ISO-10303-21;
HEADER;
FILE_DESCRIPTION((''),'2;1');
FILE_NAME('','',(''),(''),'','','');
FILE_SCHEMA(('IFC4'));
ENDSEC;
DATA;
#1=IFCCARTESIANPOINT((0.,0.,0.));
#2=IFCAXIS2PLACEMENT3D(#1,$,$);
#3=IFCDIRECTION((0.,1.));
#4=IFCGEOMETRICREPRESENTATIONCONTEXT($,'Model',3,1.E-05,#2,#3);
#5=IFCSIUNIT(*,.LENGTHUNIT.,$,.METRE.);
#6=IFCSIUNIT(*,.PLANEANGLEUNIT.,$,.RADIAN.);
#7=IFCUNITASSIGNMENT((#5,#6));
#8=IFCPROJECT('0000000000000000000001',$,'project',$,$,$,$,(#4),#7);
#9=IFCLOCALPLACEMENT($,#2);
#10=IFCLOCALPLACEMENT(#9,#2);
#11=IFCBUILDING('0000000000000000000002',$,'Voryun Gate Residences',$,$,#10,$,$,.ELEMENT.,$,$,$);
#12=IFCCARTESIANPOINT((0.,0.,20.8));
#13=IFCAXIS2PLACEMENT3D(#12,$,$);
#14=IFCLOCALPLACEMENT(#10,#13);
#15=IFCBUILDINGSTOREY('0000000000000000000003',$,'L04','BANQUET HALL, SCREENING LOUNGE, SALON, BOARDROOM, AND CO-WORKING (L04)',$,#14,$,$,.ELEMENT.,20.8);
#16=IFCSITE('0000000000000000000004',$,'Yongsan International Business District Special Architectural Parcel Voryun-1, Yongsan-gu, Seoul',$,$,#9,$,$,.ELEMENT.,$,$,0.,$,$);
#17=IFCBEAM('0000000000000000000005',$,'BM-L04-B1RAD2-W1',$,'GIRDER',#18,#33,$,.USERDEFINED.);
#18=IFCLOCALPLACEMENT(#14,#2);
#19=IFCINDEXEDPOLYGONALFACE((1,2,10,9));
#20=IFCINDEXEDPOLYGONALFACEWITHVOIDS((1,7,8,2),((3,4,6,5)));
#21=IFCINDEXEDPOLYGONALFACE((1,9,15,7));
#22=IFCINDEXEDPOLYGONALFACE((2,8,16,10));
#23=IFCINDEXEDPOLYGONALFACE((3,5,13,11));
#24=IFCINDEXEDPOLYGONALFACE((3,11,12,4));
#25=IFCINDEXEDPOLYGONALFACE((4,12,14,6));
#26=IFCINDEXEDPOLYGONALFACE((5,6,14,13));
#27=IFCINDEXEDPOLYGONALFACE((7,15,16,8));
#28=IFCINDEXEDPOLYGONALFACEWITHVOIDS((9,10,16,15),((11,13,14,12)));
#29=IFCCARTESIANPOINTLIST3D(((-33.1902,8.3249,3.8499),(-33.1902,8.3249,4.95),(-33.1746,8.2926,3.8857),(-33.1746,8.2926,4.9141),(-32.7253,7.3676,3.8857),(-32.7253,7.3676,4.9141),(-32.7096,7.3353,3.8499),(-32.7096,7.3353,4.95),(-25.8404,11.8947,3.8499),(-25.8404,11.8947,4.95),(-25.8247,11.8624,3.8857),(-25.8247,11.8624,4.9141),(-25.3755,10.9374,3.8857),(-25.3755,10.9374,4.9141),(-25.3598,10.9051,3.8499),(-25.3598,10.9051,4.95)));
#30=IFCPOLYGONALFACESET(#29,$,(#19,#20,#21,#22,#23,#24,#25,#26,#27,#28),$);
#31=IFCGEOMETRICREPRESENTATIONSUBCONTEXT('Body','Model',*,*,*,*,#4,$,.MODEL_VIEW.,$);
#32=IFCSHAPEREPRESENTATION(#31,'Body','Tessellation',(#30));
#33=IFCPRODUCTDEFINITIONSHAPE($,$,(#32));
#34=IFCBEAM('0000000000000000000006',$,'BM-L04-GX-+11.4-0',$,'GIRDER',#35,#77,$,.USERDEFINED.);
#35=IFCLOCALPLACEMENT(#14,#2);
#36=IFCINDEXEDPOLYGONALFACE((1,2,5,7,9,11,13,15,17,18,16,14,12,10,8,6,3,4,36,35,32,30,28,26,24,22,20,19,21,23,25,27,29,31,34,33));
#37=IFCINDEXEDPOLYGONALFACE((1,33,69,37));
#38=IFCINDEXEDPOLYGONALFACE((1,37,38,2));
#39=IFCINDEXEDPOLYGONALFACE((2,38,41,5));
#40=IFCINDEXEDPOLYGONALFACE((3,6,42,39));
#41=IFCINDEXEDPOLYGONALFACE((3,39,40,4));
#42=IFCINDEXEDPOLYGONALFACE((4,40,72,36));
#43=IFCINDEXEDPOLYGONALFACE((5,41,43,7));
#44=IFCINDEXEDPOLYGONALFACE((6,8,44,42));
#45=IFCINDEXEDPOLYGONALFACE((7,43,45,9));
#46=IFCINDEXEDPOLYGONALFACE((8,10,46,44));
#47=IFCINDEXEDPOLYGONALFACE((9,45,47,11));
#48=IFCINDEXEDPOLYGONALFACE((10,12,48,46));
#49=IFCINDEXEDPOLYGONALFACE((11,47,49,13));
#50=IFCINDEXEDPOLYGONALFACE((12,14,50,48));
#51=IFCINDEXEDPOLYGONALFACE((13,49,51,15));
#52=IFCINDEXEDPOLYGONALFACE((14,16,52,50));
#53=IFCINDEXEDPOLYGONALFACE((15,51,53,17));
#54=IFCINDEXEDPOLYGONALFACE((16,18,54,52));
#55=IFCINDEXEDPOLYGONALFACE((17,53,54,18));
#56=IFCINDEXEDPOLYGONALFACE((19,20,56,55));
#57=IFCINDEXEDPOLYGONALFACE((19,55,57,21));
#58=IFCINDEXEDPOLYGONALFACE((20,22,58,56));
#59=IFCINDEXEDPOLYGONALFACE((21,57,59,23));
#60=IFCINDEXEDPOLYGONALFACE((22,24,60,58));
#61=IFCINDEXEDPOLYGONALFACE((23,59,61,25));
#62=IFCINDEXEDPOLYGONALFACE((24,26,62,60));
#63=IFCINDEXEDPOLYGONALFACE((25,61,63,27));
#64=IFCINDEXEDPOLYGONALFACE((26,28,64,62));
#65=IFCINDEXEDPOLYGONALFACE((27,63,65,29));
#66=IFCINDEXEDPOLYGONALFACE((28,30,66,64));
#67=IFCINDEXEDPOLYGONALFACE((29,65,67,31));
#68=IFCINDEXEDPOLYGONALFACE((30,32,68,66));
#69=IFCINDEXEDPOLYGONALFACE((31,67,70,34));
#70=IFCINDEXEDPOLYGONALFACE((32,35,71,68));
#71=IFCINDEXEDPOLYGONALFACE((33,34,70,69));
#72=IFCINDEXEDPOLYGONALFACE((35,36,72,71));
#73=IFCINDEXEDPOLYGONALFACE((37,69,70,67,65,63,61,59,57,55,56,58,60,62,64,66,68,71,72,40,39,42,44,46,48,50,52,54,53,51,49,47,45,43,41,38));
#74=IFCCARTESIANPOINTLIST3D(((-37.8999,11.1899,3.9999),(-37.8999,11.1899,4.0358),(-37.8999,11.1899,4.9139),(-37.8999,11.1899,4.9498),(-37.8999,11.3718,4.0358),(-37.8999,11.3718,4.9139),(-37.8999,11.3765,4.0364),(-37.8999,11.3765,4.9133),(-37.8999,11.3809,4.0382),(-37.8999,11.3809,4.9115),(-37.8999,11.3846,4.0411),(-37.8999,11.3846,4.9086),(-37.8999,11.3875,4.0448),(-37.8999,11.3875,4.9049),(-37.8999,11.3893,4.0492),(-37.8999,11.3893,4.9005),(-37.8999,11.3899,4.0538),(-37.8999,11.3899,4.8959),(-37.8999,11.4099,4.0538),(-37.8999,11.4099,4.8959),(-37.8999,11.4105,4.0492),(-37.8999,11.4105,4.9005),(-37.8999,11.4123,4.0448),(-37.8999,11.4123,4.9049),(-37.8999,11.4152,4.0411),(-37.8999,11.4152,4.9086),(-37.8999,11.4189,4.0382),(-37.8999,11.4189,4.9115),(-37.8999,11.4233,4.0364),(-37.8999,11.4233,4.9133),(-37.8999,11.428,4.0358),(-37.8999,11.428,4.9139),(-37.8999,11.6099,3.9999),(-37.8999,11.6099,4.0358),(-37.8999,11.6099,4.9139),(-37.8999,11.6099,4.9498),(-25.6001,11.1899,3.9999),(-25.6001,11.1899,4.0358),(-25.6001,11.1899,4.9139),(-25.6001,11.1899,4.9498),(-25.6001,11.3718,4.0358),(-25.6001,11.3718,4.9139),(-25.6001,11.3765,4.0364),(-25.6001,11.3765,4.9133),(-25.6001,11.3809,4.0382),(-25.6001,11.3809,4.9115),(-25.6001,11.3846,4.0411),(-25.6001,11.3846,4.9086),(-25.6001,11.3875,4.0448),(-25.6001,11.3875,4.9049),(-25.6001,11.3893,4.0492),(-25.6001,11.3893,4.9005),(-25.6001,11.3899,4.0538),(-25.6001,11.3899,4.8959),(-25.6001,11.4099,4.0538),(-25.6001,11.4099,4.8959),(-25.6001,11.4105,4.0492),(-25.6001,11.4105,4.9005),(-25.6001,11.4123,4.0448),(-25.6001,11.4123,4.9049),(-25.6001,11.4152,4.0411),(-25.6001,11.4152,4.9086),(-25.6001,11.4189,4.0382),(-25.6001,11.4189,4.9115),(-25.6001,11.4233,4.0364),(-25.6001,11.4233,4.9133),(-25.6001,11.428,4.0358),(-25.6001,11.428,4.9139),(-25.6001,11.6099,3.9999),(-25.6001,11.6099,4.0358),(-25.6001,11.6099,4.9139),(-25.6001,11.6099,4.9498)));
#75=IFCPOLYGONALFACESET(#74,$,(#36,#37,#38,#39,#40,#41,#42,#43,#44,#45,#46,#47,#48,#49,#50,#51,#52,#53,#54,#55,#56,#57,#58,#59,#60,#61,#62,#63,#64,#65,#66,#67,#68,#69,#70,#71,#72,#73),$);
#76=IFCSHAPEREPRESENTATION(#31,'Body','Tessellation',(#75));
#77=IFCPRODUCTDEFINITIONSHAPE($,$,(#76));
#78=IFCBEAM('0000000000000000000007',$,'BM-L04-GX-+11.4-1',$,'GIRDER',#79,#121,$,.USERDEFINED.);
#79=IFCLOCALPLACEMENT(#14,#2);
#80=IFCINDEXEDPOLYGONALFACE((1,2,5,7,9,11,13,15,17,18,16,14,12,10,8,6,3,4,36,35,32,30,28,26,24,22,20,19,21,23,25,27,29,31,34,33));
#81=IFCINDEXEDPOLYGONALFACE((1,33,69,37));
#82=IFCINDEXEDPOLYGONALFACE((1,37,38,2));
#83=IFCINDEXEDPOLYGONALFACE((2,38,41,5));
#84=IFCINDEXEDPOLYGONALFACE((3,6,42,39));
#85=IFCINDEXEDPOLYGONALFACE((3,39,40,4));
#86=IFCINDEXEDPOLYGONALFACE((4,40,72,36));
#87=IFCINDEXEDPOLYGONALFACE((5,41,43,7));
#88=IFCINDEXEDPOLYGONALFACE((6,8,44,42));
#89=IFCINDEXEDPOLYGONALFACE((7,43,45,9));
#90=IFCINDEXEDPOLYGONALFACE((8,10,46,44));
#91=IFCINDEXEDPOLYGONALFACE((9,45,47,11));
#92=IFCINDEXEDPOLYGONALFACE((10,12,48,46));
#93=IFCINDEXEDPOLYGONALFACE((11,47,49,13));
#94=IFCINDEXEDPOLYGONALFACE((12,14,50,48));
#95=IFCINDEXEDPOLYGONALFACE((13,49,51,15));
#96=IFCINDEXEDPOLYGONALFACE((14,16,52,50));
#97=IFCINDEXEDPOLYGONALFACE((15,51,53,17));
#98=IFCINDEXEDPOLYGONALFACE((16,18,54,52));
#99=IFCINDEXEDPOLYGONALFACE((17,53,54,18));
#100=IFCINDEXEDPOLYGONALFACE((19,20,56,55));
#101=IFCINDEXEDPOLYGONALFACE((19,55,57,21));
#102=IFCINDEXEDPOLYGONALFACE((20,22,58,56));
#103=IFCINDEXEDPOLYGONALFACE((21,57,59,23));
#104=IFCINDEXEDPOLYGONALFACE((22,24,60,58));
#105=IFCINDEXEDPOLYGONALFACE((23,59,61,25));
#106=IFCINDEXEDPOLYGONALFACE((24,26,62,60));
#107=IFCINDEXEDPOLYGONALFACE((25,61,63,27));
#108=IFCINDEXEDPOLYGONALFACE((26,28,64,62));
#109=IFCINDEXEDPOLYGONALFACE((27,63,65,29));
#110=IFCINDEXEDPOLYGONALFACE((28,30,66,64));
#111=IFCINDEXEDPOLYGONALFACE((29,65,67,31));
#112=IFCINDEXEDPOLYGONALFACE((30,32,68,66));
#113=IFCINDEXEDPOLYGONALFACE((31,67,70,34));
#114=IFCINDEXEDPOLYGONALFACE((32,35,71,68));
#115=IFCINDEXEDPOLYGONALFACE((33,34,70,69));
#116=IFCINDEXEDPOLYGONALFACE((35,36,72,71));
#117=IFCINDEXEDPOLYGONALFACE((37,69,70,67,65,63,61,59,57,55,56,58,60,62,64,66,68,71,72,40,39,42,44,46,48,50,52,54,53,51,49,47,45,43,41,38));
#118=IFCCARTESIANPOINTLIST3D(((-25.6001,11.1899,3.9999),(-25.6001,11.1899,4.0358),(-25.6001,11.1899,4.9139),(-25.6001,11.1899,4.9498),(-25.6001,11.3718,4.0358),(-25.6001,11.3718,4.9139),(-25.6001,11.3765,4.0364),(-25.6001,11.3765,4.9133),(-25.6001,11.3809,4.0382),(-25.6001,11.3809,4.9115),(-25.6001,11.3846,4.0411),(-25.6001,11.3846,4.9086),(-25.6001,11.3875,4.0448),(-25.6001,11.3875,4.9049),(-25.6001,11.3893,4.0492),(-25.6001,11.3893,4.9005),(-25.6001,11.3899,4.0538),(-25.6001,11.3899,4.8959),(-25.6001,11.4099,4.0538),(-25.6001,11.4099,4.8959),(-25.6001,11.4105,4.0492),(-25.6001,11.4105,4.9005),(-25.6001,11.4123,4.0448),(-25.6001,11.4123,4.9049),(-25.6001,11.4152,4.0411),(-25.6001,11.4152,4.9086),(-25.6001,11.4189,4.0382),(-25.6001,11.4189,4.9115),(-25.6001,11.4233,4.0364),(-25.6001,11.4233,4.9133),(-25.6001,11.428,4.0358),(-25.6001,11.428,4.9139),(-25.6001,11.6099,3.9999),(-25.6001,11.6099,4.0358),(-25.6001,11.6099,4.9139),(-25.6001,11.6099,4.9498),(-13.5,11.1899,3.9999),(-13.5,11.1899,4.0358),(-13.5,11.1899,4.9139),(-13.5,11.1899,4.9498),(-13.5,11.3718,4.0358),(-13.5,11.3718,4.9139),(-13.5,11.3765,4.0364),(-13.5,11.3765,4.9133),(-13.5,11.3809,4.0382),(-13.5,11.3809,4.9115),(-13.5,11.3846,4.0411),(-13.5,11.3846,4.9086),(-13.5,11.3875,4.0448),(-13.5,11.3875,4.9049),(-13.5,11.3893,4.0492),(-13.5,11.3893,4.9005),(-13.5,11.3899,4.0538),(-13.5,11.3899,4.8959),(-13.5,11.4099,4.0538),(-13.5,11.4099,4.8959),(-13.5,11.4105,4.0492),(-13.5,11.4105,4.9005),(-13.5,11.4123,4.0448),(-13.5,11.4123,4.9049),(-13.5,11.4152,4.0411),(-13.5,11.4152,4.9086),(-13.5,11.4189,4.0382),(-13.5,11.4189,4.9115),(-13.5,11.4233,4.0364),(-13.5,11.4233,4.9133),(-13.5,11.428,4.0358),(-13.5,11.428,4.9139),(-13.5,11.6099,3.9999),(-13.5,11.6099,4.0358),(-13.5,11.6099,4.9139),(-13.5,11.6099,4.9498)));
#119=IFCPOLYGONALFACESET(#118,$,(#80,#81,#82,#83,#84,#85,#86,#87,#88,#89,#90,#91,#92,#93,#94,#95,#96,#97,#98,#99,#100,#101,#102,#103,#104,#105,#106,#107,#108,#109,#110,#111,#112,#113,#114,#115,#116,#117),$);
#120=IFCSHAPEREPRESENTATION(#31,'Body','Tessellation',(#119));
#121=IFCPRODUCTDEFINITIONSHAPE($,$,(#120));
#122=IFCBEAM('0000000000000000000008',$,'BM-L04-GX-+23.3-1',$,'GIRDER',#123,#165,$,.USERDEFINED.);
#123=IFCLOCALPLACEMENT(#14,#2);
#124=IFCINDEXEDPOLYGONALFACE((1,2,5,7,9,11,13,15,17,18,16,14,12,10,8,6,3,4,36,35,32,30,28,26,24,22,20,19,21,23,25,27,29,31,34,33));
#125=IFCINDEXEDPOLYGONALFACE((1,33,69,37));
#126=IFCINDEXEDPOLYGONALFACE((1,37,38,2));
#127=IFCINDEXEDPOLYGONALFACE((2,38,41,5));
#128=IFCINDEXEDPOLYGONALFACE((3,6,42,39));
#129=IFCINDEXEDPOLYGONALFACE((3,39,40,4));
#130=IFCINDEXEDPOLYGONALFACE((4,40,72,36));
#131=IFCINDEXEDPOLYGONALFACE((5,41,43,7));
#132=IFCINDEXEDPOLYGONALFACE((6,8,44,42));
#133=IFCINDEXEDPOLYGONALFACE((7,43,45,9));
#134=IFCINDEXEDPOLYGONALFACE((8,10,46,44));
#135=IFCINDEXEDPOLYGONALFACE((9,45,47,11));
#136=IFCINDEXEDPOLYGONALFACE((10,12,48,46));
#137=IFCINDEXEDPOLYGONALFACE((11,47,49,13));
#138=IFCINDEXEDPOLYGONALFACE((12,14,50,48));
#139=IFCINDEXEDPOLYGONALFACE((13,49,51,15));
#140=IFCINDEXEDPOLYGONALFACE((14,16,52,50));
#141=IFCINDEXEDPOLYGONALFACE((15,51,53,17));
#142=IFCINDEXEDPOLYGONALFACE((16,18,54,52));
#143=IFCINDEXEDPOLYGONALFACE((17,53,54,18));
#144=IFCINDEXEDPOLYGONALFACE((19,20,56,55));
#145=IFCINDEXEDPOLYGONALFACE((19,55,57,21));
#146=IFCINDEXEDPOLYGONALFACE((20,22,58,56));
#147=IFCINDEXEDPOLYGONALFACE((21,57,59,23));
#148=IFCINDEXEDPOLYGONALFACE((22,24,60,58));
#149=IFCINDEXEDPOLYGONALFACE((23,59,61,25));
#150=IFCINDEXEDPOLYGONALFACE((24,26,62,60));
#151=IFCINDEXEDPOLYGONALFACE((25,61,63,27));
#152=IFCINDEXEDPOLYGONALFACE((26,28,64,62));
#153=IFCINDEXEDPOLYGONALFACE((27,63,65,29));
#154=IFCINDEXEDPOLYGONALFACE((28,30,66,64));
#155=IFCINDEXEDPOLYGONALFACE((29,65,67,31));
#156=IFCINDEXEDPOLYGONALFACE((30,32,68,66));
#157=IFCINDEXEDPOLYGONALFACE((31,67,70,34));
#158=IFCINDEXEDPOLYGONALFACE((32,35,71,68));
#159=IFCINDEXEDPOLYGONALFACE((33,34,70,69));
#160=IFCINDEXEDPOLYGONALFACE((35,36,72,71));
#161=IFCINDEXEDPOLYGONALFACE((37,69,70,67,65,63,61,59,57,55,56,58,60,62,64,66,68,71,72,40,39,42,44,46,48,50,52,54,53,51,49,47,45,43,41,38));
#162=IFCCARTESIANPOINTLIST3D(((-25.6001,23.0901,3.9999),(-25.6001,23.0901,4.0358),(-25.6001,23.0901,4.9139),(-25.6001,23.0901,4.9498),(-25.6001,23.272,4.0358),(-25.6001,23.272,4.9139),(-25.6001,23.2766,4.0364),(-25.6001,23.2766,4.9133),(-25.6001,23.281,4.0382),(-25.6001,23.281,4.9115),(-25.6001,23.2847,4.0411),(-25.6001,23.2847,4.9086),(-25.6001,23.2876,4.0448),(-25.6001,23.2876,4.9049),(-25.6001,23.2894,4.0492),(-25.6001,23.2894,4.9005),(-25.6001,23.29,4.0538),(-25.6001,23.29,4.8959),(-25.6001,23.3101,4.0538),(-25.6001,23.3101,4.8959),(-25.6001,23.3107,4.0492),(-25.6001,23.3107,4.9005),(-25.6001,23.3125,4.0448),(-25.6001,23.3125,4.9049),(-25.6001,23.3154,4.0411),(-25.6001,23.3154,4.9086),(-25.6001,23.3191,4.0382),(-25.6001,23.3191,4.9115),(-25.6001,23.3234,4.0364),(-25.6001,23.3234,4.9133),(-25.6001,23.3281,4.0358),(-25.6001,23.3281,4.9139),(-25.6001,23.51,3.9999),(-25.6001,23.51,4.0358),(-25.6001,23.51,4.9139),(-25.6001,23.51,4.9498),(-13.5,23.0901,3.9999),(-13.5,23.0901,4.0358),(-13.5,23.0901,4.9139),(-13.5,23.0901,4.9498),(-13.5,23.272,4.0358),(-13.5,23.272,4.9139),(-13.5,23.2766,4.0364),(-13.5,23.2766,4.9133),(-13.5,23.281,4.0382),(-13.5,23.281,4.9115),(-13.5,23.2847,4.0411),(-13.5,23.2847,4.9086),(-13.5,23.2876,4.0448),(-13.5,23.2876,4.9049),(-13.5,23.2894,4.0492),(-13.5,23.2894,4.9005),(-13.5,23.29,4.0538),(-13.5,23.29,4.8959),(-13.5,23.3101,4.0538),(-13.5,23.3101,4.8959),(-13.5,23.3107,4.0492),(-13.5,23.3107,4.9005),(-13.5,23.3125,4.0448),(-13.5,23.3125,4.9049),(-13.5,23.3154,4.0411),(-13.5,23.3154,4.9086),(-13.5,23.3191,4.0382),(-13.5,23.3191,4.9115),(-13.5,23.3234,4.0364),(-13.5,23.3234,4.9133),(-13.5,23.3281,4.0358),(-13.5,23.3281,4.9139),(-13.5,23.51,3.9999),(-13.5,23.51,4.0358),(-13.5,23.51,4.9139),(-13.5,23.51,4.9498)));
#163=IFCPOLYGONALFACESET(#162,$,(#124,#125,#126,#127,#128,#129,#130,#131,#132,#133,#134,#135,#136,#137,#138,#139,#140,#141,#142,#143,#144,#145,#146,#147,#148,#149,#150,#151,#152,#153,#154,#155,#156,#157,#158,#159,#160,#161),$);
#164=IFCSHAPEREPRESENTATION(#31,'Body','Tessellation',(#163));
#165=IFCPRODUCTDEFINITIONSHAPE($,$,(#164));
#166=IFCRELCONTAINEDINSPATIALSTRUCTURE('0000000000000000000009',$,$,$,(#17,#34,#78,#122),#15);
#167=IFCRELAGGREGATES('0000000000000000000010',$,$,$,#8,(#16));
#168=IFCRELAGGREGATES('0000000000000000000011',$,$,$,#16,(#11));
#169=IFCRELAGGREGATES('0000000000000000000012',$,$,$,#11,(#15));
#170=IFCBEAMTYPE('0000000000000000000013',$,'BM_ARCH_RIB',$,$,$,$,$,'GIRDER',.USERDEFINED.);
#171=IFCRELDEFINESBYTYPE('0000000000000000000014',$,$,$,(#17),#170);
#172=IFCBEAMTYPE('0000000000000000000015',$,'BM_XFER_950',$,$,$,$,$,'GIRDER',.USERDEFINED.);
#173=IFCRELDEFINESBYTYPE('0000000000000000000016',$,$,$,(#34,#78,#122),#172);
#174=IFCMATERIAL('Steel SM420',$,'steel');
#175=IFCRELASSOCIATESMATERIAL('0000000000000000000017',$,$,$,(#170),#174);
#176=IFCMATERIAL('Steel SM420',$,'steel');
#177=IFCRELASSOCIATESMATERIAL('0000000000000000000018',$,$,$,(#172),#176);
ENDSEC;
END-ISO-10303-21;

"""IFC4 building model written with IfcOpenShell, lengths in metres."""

from ifc_helpers import new_model, si_unit, direction, frame, origin, origin_2d, place, context, subcontext, project, spatial, hollow_rectangle, i_section, extrude, material, material_profile, profile_set, type_object, element, save


model = new_model("IFC4")

# Units and contexts
model_context = context("Model", 3, precision=1e-05, world=origin(), true_north=direction((0.0, 1.0)))
body_context = subcontext(model_context, "Body", "Model", "MODEL_VIEW")
ifc_project = project(units=[si_unit("LENGTHUNIT", "METRE"), si_unit("PLANEANGLEUNIT", "RADIAN")], contexts=[model_context])

# Site, building, storey
site_placement = place(None, origin())
site = spatial("IfcSite", under=ifc_project, at=site_placement, Name="Yongsan International Business District Special Architectural Parcel Voryun-1, Yongsan-gu, Seoul", CompositionType="ELEMENT", RefElevation=0.0)
building_placement = place(site_placement, origin())
building = spatial("IfcBuilding", under=site, at=building_placement, Name="Voryun Gate Residences", CompositionType="ELEMENT")
storey_placement = place(building_placement, frame((0.0, 0.0, 20.8)))
storey = spatial("IfcBuildingStorey", under=building, at=storey_placement, Name="L04", Description="BANQUET HALL, SCREENING LOUNGE, SALON, BOARDROOM, AND CO-WORKING (L04)", CompositionType="ELEMENT", Elevation=20.8)

# Beams
ifc_material_1 = material(Name="Steel SM420", Category="steel")
ifc_material_profile_1 = material_profile(ifc_material_1, hollow_rectangle(XDim=1.1001, YDim=1.1001, WallThickness=0.0359, at=origin_2d()), Name="BOX-1100x1100x36")
ifc_profile_set_1 = profile_set([ifc_material_profile_1], Name="Steel SM420")
beam_type_1 = type_object("IfcBeamType", Name="BM_ARCH_RIB", ElementType="GIRDER", PredefinedType="USERDEFINED", material=ifc_profile_set_1)
beam_1_placement = place(storey_placement, frame((-25.6001, 11.3999, 4.3999), z_axis=(-0.899513, -0.436894, 0.0), x_axis=(0.436894, -0.899513, 0.0)))
element("IfcBeam", 1, at=beam_1_placement, inside=storey, type_object=beam_type_1, Name="BM-L04-B1RAD2-W1", ObjectType="GIRDER", PredefinedType="USERDEFINED", context=body_context, shape_type="SweptSolid", body=[
    extrude(hollow_rectangle(XDim=1.1001, YDim=1.1001, WallThickness=0.0359, at=origin_2d()), origin(), (0.0, 0.0, 1.0), 8.1709),
])
ifc_material_2 = material(Name="Steel SM420", Category="steel")
ifc_material_profile_2 = material_profile(ifc_material_2, i_section(OverallWidth=0.4199, OverallDepth=0.95, WebThickness=0.02, FlangeThickness=0.0359, FilletRadius=0.0181, at=origin_2d()), Name="H-950x420x20x36")
ifc_profile_set_2 = profile_set([ifc_material_profile_2], Name="Steel SM420")
beam_type_2 = type_object("IfcBeamType", Name="BM_XFER_950", ElementType="GIRDER", PredefinedType="USERDEFINED", material=ifc_profile_set_2)
beam_2_placement = place(storey_placement, frame((-37.8999, 11.3999, 4.4749), z_axis=(1.0, 0.0, 0.0), x_axis=(0.0, 1.0, 0.0)))
element("IfcBeam", 2, at=beam_2_placement, inside=storey, type_object=beam_type_2, Name="BM-L04-GX-+11.4-0", ObjectType="GIRDER", PredefinedType="USERDEFINED", context=body_context, shape_type="SweptSolid", body=[
    extrude(i_section(OverallWidth=0.4199, OverallDepth=0.95, WebThickness=0.02, FlangeThickness=0.0359, FilletRadius=0.0181, at=origin_2d()), origin(), (0.0, 0.0, 1.0), 12.2998),
])
for number, where, z_axis, x_axis, name in (
    (3, (-25.6001, 11.3999, 4.4749), (1.0, 0.0, 0.0), (0.0, 1.0, 0.0), "BM-L04-GX-+11.4-1"),
    (4, (-25.6001, 23.3, 4.4749), (1.0, 0.0, 0.0), (0.0, 1.0, 0.0), "BM-L04-GX-+23.3-1"),
):
    element("IfcBeam", number, at=place(storey_placement, frame(where, z_axis=z_axis, x_axis=x_axis)), inside=storey, type_object=beam_type_2, Name=name, ObjectType="GIRDER", PredefinedType="USERDEFINED", context=body_context, shape_type="SweptSolid", body=[
        extrude(i_section(OverallWidth=0.4199, OverallDepth=0.95, WebThickness=0.02, FlangeThickness=0.0359, FilletRadius=0.0181, at=origin_2d()), origin(), (0.0, 0.0, 1.0), 12.1001),
    ])

save(model, "model.ifc")
